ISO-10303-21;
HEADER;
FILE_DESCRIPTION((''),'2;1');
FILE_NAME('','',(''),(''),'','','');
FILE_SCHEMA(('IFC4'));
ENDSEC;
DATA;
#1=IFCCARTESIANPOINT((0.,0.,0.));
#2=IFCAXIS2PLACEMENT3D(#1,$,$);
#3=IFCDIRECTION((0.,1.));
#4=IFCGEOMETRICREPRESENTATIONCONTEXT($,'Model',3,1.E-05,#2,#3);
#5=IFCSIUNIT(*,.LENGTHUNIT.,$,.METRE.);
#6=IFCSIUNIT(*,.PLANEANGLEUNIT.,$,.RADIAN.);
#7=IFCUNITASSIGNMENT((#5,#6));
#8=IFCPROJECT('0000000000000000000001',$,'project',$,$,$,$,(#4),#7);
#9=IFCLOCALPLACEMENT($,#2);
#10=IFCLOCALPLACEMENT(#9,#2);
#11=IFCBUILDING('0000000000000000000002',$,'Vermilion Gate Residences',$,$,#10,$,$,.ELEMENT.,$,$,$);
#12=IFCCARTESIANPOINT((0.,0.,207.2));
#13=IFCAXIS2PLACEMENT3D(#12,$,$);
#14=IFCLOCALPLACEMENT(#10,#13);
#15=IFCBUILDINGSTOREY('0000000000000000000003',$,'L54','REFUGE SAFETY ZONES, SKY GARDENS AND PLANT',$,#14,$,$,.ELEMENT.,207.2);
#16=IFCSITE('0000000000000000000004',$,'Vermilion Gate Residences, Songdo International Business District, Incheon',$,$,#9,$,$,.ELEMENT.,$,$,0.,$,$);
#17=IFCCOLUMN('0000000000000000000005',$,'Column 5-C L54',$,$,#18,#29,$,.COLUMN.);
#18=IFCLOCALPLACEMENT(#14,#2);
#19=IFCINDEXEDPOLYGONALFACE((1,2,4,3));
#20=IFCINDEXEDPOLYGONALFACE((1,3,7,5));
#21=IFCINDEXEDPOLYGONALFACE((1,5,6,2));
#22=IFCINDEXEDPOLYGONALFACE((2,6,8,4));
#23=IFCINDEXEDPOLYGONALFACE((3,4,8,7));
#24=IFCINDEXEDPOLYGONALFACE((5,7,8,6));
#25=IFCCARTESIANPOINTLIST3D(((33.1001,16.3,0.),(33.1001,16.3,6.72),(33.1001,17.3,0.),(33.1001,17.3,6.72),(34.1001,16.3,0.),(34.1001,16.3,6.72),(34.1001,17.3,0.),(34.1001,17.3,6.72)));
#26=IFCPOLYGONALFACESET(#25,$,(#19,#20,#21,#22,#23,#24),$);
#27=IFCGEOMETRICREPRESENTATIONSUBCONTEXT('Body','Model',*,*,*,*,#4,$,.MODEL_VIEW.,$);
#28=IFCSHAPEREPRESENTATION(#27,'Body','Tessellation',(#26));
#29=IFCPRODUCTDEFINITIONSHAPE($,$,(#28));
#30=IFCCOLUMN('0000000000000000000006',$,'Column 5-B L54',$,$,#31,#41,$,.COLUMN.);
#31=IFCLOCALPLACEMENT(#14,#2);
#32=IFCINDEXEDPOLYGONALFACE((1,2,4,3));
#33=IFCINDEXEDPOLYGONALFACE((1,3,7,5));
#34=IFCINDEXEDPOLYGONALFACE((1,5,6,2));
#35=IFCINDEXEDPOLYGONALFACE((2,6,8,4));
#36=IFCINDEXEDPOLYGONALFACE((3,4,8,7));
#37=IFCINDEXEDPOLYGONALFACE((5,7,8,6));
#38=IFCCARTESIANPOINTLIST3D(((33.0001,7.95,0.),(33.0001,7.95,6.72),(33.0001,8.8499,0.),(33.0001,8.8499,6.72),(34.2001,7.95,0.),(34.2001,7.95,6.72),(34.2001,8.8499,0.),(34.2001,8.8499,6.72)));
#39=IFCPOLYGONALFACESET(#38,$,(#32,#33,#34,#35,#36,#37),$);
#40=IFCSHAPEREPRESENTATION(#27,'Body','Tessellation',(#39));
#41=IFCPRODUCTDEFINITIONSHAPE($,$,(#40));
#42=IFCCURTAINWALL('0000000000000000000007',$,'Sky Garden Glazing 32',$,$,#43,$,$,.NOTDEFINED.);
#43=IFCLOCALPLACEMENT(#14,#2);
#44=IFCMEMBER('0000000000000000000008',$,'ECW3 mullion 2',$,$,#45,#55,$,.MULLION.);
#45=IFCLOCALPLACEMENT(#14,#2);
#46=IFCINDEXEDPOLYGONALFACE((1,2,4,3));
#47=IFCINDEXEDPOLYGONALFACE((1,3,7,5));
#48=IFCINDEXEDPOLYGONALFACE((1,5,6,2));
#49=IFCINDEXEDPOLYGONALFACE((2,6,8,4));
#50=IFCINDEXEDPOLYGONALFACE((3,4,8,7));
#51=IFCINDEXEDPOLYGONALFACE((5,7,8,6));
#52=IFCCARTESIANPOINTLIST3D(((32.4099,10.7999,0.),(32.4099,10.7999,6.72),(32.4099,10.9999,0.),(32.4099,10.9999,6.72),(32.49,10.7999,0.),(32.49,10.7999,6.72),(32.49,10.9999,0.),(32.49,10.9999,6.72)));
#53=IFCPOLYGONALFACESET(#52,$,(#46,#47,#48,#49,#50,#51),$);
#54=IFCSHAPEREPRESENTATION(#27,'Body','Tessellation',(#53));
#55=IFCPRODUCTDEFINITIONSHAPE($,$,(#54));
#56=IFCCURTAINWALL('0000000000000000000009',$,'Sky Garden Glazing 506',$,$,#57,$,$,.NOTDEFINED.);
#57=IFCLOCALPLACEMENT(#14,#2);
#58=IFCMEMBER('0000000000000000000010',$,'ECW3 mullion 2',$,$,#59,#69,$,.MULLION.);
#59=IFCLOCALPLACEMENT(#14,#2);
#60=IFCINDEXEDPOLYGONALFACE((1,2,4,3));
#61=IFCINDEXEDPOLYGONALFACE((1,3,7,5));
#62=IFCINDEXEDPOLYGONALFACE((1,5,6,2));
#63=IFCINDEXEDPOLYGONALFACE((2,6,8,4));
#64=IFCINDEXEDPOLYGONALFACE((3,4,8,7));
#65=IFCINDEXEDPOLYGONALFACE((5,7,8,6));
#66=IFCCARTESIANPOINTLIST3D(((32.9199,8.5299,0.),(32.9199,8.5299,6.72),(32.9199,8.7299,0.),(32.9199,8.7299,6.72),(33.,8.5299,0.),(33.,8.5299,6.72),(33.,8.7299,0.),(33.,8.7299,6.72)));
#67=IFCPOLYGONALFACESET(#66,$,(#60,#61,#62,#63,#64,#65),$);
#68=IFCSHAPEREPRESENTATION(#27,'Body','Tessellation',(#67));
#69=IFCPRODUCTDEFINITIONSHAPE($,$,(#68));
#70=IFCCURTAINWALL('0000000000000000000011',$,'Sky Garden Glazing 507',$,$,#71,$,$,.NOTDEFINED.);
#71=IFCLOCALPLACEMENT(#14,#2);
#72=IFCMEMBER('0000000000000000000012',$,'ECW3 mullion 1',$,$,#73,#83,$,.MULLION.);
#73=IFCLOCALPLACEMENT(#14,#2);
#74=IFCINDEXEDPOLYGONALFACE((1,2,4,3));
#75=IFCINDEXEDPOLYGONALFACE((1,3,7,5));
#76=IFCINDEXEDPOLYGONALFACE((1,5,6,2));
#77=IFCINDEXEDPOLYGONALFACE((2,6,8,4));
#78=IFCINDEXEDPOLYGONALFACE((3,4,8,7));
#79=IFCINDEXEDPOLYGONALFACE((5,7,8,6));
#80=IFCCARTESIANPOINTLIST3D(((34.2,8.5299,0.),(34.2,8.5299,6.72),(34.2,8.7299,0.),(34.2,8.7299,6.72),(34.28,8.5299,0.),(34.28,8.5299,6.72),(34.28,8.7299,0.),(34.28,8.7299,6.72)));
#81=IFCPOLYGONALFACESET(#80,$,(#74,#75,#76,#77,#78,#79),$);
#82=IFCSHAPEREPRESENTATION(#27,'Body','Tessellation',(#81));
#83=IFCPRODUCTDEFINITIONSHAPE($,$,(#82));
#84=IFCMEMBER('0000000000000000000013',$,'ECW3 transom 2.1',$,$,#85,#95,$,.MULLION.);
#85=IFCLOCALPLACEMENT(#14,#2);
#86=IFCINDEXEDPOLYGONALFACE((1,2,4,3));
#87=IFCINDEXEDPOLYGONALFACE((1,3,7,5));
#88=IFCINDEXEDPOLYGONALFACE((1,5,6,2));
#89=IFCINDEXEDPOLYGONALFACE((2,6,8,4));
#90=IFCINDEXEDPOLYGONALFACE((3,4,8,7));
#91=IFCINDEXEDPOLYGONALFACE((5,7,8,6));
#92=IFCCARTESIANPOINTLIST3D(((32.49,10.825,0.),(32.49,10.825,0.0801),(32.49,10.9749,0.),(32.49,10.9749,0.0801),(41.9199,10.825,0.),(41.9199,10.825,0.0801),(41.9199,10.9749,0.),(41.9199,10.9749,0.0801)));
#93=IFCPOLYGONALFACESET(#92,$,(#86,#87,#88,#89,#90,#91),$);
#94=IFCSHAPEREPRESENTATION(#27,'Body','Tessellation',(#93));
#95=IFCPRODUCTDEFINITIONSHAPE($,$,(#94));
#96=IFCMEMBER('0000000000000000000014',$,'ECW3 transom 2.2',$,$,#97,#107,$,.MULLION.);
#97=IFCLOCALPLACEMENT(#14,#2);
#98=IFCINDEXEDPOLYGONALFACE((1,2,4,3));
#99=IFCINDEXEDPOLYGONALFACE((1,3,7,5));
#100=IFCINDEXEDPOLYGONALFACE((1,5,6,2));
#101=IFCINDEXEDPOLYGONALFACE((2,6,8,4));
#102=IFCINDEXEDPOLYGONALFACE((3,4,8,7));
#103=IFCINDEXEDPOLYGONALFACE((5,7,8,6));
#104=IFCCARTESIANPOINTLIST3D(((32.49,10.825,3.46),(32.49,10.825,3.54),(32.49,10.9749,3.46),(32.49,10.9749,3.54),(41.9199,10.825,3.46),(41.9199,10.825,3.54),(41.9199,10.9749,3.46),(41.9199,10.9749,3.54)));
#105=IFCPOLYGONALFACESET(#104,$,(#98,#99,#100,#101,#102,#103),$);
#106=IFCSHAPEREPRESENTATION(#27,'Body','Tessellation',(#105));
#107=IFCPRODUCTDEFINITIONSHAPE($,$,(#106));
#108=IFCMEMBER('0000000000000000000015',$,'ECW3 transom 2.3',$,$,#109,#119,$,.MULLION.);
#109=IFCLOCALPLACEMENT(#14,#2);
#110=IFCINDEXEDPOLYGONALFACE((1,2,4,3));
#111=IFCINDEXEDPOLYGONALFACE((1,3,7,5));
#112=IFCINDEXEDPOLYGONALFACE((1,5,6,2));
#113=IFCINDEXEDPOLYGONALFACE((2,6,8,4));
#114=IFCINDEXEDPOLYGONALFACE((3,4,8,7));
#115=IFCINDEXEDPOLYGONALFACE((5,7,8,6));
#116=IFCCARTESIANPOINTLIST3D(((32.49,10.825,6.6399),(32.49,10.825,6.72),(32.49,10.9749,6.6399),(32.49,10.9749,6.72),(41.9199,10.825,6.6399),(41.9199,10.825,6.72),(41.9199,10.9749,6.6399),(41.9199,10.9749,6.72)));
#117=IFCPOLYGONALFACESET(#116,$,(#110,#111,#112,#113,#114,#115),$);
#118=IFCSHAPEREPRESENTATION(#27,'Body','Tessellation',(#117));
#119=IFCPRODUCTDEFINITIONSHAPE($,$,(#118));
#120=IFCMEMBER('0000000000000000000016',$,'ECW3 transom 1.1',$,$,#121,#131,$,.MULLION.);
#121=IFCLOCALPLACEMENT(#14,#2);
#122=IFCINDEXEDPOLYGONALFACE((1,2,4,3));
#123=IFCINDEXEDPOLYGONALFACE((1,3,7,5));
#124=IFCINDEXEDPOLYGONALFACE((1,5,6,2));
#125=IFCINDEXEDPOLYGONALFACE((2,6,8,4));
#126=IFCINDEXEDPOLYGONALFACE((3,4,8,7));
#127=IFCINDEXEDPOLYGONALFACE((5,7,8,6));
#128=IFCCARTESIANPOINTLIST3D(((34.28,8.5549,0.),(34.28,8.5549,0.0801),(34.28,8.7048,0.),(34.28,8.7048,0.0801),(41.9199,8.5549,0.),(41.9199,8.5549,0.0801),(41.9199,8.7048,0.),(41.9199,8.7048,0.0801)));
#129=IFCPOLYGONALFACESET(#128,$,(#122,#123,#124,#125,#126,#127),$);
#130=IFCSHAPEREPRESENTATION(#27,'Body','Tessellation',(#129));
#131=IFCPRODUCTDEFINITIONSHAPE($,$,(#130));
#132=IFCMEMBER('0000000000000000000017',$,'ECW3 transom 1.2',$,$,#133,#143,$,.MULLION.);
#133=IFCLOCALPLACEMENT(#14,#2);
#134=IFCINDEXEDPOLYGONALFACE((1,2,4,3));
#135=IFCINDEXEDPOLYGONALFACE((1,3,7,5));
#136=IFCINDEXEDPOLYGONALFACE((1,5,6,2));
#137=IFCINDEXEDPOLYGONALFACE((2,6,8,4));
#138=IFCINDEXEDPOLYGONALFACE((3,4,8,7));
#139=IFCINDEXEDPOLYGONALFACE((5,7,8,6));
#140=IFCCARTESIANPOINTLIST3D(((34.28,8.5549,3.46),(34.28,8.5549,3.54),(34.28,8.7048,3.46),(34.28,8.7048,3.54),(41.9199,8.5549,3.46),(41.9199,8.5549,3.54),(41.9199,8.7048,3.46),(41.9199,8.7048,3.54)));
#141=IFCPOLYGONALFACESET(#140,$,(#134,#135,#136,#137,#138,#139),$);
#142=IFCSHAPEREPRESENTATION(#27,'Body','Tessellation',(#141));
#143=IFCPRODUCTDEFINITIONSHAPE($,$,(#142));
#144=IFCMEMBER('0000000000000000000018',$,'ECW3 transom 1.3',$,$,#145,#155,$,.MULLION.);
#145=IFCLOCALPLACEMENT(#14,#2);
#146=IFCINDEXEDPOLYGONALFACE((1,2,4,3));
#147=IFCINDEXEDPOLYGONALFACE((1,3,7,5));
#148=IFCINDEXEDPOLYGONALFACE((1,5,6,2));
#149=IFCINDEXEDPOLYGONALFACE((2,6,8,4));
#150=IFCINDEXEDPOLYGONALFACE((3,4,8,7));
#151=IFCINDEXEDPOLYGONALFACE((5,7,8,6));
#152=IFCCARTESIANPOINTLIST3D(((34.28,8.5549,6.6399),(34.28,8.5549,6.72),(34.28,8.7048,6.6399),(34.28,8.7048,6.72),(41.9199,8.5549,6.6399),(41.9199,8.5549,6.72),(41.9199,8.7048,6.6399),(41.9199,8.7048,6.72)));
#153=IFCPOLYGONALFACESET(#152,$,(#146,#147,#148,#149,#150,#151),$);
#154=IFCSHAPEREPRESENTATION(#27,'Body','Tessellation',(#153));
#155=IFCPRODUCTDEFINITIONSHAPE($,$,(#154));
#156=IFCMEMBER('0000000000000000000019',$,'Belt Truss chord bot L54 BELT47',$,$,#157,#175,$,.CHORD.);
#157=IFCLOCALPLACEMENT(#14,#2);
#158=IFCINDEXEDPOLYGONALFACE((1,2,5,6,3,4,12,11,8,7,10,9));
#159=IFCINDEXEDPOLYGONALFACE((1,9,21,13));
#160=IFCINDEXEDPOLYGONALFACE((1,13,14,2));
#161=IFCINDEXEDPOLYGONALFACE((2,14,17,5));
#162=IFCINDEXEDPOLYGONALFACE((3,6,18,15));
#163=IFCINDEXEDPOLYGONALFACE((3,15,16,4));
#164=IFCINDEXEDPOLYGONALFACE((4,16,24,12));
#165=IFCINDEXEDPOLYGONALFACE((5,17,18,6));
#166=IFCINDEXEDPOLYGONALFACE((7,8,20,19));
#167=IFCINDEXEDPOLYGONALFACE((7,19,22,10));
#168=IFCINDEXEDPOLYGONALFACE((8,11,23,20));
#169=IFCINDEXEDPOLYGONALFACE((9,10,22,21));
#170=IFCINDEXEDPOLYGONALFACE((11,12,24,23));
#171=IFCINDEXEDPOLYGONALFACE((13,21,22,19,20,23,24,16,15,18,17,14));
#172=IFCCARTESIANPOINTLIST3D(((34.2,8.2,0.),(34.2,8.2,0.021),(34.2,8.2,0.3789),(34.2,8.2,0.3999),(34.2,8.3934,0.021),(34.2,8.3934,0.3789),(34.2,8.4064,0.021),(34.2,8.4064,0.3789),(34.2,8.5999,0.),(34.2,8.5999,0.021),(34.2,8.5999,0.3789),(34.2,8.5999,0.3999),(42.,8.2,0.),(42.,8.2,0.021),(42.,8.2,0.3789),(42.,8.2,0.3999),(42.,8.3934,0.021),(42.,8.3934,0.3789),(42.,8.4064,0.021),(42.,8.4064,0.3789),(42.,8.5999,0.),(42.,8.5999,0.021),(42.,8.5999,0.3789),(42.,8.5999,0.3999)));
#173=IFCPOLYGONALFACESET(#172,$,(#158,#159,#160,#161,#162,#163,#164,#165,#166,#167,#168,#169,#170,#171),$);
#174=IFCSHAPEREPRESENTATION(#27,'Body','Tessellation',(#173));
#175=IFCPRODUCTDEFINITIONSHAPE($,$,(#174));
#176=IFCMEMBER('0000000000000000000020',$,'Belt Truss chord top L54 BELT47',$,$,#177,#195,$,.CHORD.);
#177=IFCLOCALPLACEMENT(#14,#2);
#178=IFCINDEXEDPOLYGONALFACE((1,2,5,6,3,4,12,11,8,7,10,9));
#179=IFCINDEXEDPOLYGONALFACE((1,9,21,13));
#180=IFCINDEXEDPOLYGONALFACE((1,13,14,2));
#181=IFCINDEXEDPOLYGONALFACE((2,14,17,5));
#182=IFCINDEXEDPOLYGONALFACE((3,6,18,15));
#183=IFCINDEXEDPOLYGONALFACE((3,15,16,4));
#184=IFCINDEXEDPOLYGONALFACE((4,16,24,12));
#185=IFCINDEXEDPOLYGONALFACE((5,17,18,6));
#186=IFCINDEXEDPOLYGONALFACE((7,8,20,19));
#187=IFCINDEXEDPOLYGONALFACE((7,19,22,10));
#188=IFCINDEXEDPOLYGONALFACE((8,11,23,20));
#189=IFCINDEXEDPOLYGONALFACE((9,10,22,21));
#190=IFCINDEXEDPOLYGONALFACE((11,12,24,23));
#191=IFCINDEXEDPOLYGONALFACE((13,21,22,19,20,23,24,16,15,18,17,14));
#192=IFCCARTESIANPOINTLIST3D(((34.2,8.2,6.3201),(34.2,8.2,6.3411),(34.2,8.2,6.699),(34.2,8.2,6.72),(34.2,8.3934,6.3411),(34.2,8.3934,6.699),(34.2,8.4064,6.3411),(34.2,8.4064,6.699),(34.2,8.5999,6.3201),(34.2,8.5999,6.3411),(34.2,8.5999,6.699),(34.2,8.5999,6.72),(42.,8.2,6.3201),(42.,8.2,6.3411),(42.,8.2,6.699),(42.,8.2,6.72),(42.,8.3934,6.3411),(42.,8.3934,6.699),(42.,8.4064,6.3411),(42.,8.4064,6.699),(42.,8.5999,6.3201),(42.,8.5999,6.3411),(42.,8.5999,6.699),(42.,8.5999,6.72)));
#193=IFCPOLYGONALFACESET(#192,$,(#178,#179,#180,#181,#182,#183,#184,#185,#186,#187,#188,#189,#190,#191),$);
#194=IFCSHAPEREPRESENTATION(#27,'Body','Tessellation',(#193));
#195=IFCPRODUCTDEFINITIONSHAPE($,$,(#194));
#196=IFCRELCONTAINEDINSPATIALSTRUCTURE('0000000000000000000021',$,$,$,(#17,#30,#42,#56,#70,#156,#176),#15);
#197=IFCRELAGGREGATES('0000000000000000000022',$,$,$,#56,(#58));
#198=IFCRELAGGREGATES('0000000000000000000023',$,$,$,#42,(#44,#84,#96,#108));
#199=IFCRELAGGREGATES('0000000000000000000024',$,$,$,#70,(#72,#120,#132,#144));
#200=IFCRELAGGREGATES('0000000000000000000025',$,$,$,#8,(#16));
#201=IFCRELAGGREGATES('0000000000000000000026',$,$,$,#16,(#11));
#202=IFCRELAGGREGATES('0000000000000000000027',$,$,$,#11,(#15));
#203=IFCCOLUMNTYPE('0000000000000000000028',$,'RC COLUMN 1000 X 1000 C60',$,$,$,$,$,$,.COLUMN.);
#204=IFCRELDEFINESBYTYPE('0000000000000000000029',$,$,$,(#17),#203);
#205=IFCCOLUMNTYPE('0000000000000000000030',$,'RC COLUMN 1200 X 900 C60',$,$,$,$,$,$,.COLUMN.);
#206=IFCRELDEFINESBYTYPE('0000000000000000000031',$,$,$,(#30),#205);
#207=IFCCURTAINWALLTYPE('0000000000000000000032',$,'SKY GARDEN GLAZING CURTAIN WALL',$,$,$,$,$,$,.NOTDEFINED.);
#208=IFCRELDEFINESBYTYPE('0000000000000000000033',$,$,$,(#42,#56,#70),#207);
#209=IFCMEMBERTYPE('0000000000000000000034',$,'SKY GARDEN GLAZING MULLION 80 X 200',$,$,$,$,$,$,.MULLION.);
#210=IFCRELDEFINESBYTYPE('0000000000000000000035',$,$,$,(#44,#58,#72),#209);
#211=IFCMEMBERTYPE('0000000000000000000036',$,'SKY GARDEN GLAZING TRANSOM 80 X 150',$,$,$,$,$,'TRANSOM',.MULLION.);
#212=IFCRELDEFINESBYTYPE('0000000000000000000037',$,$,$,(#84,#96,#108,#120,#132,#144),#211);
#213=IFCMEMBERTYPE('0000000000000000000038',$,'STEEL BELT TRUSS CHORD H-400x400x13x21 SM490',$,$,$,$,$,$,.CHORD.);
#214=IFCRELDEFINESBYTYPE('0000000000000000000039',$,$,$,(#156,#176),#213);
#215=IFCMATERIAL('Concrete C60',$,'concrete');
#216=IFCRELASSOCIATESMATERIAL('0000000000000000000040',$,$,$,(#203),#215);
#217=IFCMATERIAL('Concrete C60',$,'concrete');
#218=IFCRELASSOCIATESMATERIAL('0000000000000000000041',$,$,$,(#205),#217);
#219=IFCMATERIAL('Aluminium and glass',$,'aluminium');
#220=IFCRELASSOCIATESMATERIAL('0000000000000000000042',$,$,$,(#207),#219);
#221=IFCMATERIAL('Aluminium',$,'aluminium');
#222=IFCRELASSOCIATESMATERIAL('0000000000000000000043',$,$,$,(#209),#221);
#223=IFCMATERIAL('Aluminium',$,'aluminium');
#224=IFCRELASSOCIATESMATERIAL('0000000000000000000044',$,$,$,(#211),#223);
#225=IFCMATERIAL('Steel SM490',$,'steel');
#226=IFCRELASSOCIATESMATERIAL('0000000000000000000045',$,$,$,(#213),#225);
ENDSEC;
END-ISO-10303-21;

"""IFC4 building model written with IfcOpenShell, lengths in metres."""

from ifc_helpers import new_model, si_unit, direction, frame, origin, origin_2d, place, context, subcontext, project, spatial, rectangle, i_section, extrude, material, material_profile, profile_set, type_object, element, aggregate, save


model = new_model("IFC4")

# Units and contexts
model_context = context("Model", 3, precision=1e-05, world=origin(), true_north=direction((0.0, 1.0)))
body_context = subcontext(model_context, "Body", "Model", "MODEL_VIEW")
ifc_project = project(units=[si_unit("LENGTHUNIT", "METRE"), si_unit("PLANEANGLEUNIT", "RADIAN")], contexts=[model_context])

# Site, building, storey
site_placement = place(None, origin())
site = spatial("IfcSite", under=ifc_project, at=site_placement, Name="Vermilion Gate Residences, Songdo International Business District, Incheon", CompositionType="ELEMENT", RefElevation=0.0)
building_placement = place(site_placement, origin())
building = spatial("IfcBuilding", under=site, at=building_placement, Name="Vermilion Gate Residences", CompositionType="ELEMENT")
storey_placement = place(building_placement, frame((0.0, 0.0, 207.2)))
storey = spatial("IfcBuildingStorey", under=building, at=storey_placement, Name="L54", Description="REFUGE SAFETY ZONES, SKY GARDENS AND PLANT", CompositionType="ELEMENT", Elevation=207.2)

# Columns
ifc_material_1 = material(Name="Concrete C60", Category="concrete")
ifc_material_profile_1 = material_profile(ifc_material_1, rectangle(XDim=1.0, YDim=1.0, at=origin_2d()), Name="RC-1000x1000")
ifc_profile_set_1 = profile_set([ifc_material_profile_1], Name="Concrete C60")
column_type_1 = type_object("IfcColumnType", Name="RC COLUMN 1000 X 1000 C60", PredefinedType="COLUMN", material=ifc_profile_set_1)
column_1_placement = place(storey_placement, frame((33.6001, 16.8, 0.0), z_axis=(0.0, 0.0, 1.0), x_axis=(1.0, 0.0, 0.0)))
element("IfcColumn", 1, at=column_1_placement, inside=storey, type_object=column_type_1, Name="Column 5-C L54", PredefinedType="COLUMN", context=body_context, shape_type="SweptSolid", body=[
    extrude(rectangle(XDim=1.0, YDim=1.0, at=origin_2d()), origin(), (0.0, 0.0, 1.0), 6.72),
])
ifc_material_2 = material(Name="Concrete C60", Category="concrete")
ifc_material_profile_2 = material_profile(ifc_material_2, rectangle(XDim=1.2, YDim=0.8999, at=origin_2d()), Name="RC-1200x900")
ifc_profile_set_2 = profile_set([ifc_material_profile_2], Name="Concrete C60")
column_type_2 = type_object("IfcColumnType", Name="RC COLUMN 1200 X 900 C60", PredefinedType="COLUMN", material=ifc_profile_set_2)
column_2_placement = place(storey_placement, frame((33.6001, 8.3999, 0.0), z_axis=(0.0, 0.0, 1.0), x_axis=(1.0, 0.0, 0.0)))
element("IfcColumn", 2, at=column_2_placement, inside=storey, type_object=column_type_2, Name="Column 5-B L54", PredefinedType="COLUMN", context=body_context, shape_type="SweptSolid", body=[
    extrude(rectangle(XDim=1.2, YDim=0.8999, at=origin_2d()), origin(), (0.0, 0.0, 1.0), 6.72),
])

# Curtain walls, members
ifc_material_3 = material(Name="Aluminium and glass", Category="aluminium")
curtain_wall_type = type_object("IfcCurtainWallType", Name="SKY GARDEN GLAZING CURTAIN WALL", PredefinedType="NOTDEFINED", material=ifc_material_3)
curtain_wall_1_placement = place(storey_placement, origin())
curtain_wall_1 = element("IfcCurtainWall", 3, at=curtain_wall_1_placement, inside=storey, type_object=curtain_wall_type, Name="Sky Garden Glazing 32", PredefinedType="NOTDEFINED")
ifc_material_4 = material(Name="Aluminium", Category="aluminium")
ifc_material_profile_3 = material_profile(ifc_material_4, rectangle(XDim=0.2, YDim=0.0801, at=origin_2d()), Name="MULLION 80 X 200")
ifc_profile_set_3 = profile_set([ifc_material_profile_3], Name="Aluminium")
member_type_1 = type_object("IfcMemberType", Name="SKY GARDEN GLAZING MULLION 80 X 200", PredefinedType="MULLION", material=ifc_profile_set_3)
member_1_placement = place(storey_placement, frame((32.45, 10.8999, 0.0), z_axis=(0.0, 0.0, 1.0), x_axis=(0.0, 1.0, 0.0)))
member_1 = element("IfcMember", 4, at=member_1_placement, type_object=member_type_1, Name="ECW3 mullion 2", PredefinedType="MULLION", context=body_context, shape_type="SweptSolid", body=[
    extrude(rectangle(XDim=0.2, YDim=0.0801, at=origin_2d()), origin(), (0.0, 0.0, 1.0), 6.72),
])
curtain_wall_2_placement = place(storey_placement, origin())
curtain_wall_2 = element("IfcCurtainWall", 5, at=curtain_wall_2_placement, inside=storey, type_object=curtain_wall_type, Name="Sky Garden Glazing 506", PredefinedType="NOTDEFINED")
member_2_placement = place(storey_placement, frame((32.96, 8.6299, 0.0), z_axis=(0.0, 0.0, 1.0), x_axis=(0.0, 1.0, 0.0)))
member_2 = element("IfcMember", 6, at=member_2_placement, type_object=member_type_1, Name="ECW3 mullion 2", PredefinedType="MULLION", context=body_context, shape_type="SweptSolid", body=[
    extrude(rectangle(XDim=0.2, YDim=0.0801, at=origin_2d()), origin(), (0.0, 0.0, 1.0), 6.72),
])
aggregate(curtain_wall_2, [member_2])
curtain_wall_3_placement = place(storey_placement, origin())
curtain_wall_3 = element("IfcCurtainWall", 7, at=curtain_wall_3_placement, inside=storey, type_object=curtain_wall_type, Name="Sky Garden Glazing 507", PredefinedType="NOTDEFINED")
member_3_placement = place(storey_placement, frame((34.24, 8.6299, 0.0), z_axis=(0.0, 0.0, 1.0), x_axis=(0.0, 1.0, 0.0)))
member_3 = element("IfcMember", 8, at=member_3_placement, type_object=member_type_1, Name="ECW3 mullion 1", PredefinedType="MULLION", context=body_context, shape_type="SweptSolid", body=[
    extrude(rectangle(XDim=0.2, YDim=0.0801, at=origin_2d()), origin(), (0.0, 0.0, 1.0), 6.72),
])

# Members
ifc_material_5 = material(Name="Aluminium", Category="aluminium")
ifc_material_profile_4 = material_profile(ifc_material_5, rectangle(XDim=0.1499, YDim=0.0801, at=origin_2d()), Name="TRANSOM 80 X 150")
ifc_profile_set_4 = profile_set([ifc_material_profile_4], Name="Aluminium")
member_type_2 = type_object("IfcMemberType", Name="SKY GARDEN GLAZING TRANSOM 80 X 150", ElementType="TRANSOM", PredefinedType="MULLION", material=ifc_profile_set_4)
member_4_placement = place(storey_placement, frame((32.49, 10.8999, 0.04), z_axis=(1.0, 0.0, 0.0), x_axis=(0.0, 1.0, 0.0)))
member_4 = element("IfcMember", 9, at=member_4_placement, type_object=member_type_2, Name="ECW3 transom 2.1", PredefinedType="MULLION", context=body_context, shape_type="SweptSolid", body=[
    extrude(rectangle(XDim=0.1499, YDim=0.0801, at=origin_2d()), origin(), (0.0, 0.0, 1.0), 9.4299),
])
member_5_placement = place(storey_placement, frame((32.49, 10.8999, 3.5), z_axis=(1.0, 0.0, 0.0), x_axis=(0.0, 1.0, 0.0)))
member_5 = element("IfcMember", 10, at=member_5_placement, type_object=member_type_2, Name="ECW3 transom 2.2", PredefinedType="MULLION", context=body_context, shape_type="SweptSolid", body=[
    extrude(rectangle(XDim=0.1499, YDim=0.0801, at=origin_2d()), origin(), (0.0, 0.0, 1.0), 9.4299),
])
member_6_placement = place(storey_placement, frame((32.49, 10.8999, 6.6799), z_axis=(1.0, 0.0, 0.0), x_axis=(0.0, 1.0, 0.0)))
member_6 = element("IfcMember", 11, at=member_6_placement, type_object=member_type_2, Name="ECW3 transom 2.3", PredefinedType="MULLION", context=body_context, shape_type="SweptSolid", body=[
    extrude(rectangle(XDim=0.1499, YDim=0.0801, at=origin_2d()), origin(), (0.0, 0.0, 1.0), 9.4299),
])
aggregate(curtain_wall_1, [member_1, member_4, member_5, member_6])
member_7_placement = place(storey_placement, frame((34.28, 8.6299, 0.04), z_axis=(1.0, 0.0, 0.0), x_axis=(0.0, 1.0, 0.0)))
member_7 = element("IfcMember", 12, at=member_7_placement, type_object=member_type_2, Name="ECW3 transom 1.1", PredefinedType="MULLION", context=body_context, shape_type="SweptSolid", body=[
    extrude(rectangle(XDim=0.1499, YDim=0.0801, at=origin_2d()), origin(), (0.0, 0.0, 1.0), 7.6399),
])
member_8_placement = place(storey_placement, frame((34.28, 8.6299, 3.5), z_axis=(1.0, 0.0, 0.0), x_axis=(0.0, 1.0, 0.0)))
member_8 = element("IfcMember", 13, at=member_8_placement, type_object=member_type_2, Name="ECW3 transom 1.2", PredefinedType="MULLION", context=body_context, shape_type="SweptSolid", body=[
    extrude(rectangle(XDim=0.1499, YDim=0.0801, at=origin_2d()), origin(), (0.0, 0.0, 1.0), 7.6399),
])
member_9_placement = place(storey_placement, frame((34.28, 8.6299, 6.6799), z_axis=(1.0, 0.0, 0.0), x_axis=(0.0, 1.0, 0.0)))
member_9 = element("IfcMember", 14, at=member_9_placement, type_object=member_type_2, Name="ECW3 transom 1.3", PredefinedType="MULLION", context=body_context, shape_type="SweptSolid", body=[
    extrude(rectangle(XDim=0.1499, YDim=0.0801, at=origin_2d()), origin(), (0.0, 0.0, 1.0), 7.6399),
])
aggregate(curtain_wall_3, [member_3, member_7, member_8, member_9])

# Members
ifc_material_6 = material(Name="Steel SM490", Category="steel")
ifc_material_profile_5 = material_profile(ifc_material_6, i_section(OverallWidth=0.3999, OverallDepth=0.3999, WebThickness=0.0129, FlangeThickness=0.021, at=origin_2d()), Name="H-400x400x13x21")
ifc_profile_set_5 = profile_set([ifc_material_profile_5], Name="Steel SM490")
member_type_3 = type_object("IfcMemberType", Name="STEEL BELT TRUSS CHORD H-400x400x13x21 SM490", PredefinedType="CHORD", material=ifc_profile_set_5)
for number, where, z_axis, x_axis, name in (
    (15, (34.2, 8.3999, 0.2), (1.0, 0.0, 0.0), (0.0, 1.0, 0.0), "Belt Truss chord bot L54 BELT47"),
    (16, (34.2, 8.3999, 6.52), (1.0, 0.0, 0.0), (0.0, 1.0, 0.0), "Belt Truss chord top L54 BELT47"),
):
    element("IfcMember", number, at=place(storey_placement, frame(where, z_axis=z_axis, x_axis=x_axis)), inside=storey, type_object=member_type_3, Name=name, PredefinedType="CHORD", context=body_context, shape_type="SweptSolid", body=[
        extrude(i_section(OverallWidth=0.3999, OverallDepth=0.3999, WebThickness=0.0129, FlangeThickness=0.021, at=origin_2d()), origin(), (0.0, 0.0, 1.0), 7.8),
    ])

save(model, "model.ifc")
